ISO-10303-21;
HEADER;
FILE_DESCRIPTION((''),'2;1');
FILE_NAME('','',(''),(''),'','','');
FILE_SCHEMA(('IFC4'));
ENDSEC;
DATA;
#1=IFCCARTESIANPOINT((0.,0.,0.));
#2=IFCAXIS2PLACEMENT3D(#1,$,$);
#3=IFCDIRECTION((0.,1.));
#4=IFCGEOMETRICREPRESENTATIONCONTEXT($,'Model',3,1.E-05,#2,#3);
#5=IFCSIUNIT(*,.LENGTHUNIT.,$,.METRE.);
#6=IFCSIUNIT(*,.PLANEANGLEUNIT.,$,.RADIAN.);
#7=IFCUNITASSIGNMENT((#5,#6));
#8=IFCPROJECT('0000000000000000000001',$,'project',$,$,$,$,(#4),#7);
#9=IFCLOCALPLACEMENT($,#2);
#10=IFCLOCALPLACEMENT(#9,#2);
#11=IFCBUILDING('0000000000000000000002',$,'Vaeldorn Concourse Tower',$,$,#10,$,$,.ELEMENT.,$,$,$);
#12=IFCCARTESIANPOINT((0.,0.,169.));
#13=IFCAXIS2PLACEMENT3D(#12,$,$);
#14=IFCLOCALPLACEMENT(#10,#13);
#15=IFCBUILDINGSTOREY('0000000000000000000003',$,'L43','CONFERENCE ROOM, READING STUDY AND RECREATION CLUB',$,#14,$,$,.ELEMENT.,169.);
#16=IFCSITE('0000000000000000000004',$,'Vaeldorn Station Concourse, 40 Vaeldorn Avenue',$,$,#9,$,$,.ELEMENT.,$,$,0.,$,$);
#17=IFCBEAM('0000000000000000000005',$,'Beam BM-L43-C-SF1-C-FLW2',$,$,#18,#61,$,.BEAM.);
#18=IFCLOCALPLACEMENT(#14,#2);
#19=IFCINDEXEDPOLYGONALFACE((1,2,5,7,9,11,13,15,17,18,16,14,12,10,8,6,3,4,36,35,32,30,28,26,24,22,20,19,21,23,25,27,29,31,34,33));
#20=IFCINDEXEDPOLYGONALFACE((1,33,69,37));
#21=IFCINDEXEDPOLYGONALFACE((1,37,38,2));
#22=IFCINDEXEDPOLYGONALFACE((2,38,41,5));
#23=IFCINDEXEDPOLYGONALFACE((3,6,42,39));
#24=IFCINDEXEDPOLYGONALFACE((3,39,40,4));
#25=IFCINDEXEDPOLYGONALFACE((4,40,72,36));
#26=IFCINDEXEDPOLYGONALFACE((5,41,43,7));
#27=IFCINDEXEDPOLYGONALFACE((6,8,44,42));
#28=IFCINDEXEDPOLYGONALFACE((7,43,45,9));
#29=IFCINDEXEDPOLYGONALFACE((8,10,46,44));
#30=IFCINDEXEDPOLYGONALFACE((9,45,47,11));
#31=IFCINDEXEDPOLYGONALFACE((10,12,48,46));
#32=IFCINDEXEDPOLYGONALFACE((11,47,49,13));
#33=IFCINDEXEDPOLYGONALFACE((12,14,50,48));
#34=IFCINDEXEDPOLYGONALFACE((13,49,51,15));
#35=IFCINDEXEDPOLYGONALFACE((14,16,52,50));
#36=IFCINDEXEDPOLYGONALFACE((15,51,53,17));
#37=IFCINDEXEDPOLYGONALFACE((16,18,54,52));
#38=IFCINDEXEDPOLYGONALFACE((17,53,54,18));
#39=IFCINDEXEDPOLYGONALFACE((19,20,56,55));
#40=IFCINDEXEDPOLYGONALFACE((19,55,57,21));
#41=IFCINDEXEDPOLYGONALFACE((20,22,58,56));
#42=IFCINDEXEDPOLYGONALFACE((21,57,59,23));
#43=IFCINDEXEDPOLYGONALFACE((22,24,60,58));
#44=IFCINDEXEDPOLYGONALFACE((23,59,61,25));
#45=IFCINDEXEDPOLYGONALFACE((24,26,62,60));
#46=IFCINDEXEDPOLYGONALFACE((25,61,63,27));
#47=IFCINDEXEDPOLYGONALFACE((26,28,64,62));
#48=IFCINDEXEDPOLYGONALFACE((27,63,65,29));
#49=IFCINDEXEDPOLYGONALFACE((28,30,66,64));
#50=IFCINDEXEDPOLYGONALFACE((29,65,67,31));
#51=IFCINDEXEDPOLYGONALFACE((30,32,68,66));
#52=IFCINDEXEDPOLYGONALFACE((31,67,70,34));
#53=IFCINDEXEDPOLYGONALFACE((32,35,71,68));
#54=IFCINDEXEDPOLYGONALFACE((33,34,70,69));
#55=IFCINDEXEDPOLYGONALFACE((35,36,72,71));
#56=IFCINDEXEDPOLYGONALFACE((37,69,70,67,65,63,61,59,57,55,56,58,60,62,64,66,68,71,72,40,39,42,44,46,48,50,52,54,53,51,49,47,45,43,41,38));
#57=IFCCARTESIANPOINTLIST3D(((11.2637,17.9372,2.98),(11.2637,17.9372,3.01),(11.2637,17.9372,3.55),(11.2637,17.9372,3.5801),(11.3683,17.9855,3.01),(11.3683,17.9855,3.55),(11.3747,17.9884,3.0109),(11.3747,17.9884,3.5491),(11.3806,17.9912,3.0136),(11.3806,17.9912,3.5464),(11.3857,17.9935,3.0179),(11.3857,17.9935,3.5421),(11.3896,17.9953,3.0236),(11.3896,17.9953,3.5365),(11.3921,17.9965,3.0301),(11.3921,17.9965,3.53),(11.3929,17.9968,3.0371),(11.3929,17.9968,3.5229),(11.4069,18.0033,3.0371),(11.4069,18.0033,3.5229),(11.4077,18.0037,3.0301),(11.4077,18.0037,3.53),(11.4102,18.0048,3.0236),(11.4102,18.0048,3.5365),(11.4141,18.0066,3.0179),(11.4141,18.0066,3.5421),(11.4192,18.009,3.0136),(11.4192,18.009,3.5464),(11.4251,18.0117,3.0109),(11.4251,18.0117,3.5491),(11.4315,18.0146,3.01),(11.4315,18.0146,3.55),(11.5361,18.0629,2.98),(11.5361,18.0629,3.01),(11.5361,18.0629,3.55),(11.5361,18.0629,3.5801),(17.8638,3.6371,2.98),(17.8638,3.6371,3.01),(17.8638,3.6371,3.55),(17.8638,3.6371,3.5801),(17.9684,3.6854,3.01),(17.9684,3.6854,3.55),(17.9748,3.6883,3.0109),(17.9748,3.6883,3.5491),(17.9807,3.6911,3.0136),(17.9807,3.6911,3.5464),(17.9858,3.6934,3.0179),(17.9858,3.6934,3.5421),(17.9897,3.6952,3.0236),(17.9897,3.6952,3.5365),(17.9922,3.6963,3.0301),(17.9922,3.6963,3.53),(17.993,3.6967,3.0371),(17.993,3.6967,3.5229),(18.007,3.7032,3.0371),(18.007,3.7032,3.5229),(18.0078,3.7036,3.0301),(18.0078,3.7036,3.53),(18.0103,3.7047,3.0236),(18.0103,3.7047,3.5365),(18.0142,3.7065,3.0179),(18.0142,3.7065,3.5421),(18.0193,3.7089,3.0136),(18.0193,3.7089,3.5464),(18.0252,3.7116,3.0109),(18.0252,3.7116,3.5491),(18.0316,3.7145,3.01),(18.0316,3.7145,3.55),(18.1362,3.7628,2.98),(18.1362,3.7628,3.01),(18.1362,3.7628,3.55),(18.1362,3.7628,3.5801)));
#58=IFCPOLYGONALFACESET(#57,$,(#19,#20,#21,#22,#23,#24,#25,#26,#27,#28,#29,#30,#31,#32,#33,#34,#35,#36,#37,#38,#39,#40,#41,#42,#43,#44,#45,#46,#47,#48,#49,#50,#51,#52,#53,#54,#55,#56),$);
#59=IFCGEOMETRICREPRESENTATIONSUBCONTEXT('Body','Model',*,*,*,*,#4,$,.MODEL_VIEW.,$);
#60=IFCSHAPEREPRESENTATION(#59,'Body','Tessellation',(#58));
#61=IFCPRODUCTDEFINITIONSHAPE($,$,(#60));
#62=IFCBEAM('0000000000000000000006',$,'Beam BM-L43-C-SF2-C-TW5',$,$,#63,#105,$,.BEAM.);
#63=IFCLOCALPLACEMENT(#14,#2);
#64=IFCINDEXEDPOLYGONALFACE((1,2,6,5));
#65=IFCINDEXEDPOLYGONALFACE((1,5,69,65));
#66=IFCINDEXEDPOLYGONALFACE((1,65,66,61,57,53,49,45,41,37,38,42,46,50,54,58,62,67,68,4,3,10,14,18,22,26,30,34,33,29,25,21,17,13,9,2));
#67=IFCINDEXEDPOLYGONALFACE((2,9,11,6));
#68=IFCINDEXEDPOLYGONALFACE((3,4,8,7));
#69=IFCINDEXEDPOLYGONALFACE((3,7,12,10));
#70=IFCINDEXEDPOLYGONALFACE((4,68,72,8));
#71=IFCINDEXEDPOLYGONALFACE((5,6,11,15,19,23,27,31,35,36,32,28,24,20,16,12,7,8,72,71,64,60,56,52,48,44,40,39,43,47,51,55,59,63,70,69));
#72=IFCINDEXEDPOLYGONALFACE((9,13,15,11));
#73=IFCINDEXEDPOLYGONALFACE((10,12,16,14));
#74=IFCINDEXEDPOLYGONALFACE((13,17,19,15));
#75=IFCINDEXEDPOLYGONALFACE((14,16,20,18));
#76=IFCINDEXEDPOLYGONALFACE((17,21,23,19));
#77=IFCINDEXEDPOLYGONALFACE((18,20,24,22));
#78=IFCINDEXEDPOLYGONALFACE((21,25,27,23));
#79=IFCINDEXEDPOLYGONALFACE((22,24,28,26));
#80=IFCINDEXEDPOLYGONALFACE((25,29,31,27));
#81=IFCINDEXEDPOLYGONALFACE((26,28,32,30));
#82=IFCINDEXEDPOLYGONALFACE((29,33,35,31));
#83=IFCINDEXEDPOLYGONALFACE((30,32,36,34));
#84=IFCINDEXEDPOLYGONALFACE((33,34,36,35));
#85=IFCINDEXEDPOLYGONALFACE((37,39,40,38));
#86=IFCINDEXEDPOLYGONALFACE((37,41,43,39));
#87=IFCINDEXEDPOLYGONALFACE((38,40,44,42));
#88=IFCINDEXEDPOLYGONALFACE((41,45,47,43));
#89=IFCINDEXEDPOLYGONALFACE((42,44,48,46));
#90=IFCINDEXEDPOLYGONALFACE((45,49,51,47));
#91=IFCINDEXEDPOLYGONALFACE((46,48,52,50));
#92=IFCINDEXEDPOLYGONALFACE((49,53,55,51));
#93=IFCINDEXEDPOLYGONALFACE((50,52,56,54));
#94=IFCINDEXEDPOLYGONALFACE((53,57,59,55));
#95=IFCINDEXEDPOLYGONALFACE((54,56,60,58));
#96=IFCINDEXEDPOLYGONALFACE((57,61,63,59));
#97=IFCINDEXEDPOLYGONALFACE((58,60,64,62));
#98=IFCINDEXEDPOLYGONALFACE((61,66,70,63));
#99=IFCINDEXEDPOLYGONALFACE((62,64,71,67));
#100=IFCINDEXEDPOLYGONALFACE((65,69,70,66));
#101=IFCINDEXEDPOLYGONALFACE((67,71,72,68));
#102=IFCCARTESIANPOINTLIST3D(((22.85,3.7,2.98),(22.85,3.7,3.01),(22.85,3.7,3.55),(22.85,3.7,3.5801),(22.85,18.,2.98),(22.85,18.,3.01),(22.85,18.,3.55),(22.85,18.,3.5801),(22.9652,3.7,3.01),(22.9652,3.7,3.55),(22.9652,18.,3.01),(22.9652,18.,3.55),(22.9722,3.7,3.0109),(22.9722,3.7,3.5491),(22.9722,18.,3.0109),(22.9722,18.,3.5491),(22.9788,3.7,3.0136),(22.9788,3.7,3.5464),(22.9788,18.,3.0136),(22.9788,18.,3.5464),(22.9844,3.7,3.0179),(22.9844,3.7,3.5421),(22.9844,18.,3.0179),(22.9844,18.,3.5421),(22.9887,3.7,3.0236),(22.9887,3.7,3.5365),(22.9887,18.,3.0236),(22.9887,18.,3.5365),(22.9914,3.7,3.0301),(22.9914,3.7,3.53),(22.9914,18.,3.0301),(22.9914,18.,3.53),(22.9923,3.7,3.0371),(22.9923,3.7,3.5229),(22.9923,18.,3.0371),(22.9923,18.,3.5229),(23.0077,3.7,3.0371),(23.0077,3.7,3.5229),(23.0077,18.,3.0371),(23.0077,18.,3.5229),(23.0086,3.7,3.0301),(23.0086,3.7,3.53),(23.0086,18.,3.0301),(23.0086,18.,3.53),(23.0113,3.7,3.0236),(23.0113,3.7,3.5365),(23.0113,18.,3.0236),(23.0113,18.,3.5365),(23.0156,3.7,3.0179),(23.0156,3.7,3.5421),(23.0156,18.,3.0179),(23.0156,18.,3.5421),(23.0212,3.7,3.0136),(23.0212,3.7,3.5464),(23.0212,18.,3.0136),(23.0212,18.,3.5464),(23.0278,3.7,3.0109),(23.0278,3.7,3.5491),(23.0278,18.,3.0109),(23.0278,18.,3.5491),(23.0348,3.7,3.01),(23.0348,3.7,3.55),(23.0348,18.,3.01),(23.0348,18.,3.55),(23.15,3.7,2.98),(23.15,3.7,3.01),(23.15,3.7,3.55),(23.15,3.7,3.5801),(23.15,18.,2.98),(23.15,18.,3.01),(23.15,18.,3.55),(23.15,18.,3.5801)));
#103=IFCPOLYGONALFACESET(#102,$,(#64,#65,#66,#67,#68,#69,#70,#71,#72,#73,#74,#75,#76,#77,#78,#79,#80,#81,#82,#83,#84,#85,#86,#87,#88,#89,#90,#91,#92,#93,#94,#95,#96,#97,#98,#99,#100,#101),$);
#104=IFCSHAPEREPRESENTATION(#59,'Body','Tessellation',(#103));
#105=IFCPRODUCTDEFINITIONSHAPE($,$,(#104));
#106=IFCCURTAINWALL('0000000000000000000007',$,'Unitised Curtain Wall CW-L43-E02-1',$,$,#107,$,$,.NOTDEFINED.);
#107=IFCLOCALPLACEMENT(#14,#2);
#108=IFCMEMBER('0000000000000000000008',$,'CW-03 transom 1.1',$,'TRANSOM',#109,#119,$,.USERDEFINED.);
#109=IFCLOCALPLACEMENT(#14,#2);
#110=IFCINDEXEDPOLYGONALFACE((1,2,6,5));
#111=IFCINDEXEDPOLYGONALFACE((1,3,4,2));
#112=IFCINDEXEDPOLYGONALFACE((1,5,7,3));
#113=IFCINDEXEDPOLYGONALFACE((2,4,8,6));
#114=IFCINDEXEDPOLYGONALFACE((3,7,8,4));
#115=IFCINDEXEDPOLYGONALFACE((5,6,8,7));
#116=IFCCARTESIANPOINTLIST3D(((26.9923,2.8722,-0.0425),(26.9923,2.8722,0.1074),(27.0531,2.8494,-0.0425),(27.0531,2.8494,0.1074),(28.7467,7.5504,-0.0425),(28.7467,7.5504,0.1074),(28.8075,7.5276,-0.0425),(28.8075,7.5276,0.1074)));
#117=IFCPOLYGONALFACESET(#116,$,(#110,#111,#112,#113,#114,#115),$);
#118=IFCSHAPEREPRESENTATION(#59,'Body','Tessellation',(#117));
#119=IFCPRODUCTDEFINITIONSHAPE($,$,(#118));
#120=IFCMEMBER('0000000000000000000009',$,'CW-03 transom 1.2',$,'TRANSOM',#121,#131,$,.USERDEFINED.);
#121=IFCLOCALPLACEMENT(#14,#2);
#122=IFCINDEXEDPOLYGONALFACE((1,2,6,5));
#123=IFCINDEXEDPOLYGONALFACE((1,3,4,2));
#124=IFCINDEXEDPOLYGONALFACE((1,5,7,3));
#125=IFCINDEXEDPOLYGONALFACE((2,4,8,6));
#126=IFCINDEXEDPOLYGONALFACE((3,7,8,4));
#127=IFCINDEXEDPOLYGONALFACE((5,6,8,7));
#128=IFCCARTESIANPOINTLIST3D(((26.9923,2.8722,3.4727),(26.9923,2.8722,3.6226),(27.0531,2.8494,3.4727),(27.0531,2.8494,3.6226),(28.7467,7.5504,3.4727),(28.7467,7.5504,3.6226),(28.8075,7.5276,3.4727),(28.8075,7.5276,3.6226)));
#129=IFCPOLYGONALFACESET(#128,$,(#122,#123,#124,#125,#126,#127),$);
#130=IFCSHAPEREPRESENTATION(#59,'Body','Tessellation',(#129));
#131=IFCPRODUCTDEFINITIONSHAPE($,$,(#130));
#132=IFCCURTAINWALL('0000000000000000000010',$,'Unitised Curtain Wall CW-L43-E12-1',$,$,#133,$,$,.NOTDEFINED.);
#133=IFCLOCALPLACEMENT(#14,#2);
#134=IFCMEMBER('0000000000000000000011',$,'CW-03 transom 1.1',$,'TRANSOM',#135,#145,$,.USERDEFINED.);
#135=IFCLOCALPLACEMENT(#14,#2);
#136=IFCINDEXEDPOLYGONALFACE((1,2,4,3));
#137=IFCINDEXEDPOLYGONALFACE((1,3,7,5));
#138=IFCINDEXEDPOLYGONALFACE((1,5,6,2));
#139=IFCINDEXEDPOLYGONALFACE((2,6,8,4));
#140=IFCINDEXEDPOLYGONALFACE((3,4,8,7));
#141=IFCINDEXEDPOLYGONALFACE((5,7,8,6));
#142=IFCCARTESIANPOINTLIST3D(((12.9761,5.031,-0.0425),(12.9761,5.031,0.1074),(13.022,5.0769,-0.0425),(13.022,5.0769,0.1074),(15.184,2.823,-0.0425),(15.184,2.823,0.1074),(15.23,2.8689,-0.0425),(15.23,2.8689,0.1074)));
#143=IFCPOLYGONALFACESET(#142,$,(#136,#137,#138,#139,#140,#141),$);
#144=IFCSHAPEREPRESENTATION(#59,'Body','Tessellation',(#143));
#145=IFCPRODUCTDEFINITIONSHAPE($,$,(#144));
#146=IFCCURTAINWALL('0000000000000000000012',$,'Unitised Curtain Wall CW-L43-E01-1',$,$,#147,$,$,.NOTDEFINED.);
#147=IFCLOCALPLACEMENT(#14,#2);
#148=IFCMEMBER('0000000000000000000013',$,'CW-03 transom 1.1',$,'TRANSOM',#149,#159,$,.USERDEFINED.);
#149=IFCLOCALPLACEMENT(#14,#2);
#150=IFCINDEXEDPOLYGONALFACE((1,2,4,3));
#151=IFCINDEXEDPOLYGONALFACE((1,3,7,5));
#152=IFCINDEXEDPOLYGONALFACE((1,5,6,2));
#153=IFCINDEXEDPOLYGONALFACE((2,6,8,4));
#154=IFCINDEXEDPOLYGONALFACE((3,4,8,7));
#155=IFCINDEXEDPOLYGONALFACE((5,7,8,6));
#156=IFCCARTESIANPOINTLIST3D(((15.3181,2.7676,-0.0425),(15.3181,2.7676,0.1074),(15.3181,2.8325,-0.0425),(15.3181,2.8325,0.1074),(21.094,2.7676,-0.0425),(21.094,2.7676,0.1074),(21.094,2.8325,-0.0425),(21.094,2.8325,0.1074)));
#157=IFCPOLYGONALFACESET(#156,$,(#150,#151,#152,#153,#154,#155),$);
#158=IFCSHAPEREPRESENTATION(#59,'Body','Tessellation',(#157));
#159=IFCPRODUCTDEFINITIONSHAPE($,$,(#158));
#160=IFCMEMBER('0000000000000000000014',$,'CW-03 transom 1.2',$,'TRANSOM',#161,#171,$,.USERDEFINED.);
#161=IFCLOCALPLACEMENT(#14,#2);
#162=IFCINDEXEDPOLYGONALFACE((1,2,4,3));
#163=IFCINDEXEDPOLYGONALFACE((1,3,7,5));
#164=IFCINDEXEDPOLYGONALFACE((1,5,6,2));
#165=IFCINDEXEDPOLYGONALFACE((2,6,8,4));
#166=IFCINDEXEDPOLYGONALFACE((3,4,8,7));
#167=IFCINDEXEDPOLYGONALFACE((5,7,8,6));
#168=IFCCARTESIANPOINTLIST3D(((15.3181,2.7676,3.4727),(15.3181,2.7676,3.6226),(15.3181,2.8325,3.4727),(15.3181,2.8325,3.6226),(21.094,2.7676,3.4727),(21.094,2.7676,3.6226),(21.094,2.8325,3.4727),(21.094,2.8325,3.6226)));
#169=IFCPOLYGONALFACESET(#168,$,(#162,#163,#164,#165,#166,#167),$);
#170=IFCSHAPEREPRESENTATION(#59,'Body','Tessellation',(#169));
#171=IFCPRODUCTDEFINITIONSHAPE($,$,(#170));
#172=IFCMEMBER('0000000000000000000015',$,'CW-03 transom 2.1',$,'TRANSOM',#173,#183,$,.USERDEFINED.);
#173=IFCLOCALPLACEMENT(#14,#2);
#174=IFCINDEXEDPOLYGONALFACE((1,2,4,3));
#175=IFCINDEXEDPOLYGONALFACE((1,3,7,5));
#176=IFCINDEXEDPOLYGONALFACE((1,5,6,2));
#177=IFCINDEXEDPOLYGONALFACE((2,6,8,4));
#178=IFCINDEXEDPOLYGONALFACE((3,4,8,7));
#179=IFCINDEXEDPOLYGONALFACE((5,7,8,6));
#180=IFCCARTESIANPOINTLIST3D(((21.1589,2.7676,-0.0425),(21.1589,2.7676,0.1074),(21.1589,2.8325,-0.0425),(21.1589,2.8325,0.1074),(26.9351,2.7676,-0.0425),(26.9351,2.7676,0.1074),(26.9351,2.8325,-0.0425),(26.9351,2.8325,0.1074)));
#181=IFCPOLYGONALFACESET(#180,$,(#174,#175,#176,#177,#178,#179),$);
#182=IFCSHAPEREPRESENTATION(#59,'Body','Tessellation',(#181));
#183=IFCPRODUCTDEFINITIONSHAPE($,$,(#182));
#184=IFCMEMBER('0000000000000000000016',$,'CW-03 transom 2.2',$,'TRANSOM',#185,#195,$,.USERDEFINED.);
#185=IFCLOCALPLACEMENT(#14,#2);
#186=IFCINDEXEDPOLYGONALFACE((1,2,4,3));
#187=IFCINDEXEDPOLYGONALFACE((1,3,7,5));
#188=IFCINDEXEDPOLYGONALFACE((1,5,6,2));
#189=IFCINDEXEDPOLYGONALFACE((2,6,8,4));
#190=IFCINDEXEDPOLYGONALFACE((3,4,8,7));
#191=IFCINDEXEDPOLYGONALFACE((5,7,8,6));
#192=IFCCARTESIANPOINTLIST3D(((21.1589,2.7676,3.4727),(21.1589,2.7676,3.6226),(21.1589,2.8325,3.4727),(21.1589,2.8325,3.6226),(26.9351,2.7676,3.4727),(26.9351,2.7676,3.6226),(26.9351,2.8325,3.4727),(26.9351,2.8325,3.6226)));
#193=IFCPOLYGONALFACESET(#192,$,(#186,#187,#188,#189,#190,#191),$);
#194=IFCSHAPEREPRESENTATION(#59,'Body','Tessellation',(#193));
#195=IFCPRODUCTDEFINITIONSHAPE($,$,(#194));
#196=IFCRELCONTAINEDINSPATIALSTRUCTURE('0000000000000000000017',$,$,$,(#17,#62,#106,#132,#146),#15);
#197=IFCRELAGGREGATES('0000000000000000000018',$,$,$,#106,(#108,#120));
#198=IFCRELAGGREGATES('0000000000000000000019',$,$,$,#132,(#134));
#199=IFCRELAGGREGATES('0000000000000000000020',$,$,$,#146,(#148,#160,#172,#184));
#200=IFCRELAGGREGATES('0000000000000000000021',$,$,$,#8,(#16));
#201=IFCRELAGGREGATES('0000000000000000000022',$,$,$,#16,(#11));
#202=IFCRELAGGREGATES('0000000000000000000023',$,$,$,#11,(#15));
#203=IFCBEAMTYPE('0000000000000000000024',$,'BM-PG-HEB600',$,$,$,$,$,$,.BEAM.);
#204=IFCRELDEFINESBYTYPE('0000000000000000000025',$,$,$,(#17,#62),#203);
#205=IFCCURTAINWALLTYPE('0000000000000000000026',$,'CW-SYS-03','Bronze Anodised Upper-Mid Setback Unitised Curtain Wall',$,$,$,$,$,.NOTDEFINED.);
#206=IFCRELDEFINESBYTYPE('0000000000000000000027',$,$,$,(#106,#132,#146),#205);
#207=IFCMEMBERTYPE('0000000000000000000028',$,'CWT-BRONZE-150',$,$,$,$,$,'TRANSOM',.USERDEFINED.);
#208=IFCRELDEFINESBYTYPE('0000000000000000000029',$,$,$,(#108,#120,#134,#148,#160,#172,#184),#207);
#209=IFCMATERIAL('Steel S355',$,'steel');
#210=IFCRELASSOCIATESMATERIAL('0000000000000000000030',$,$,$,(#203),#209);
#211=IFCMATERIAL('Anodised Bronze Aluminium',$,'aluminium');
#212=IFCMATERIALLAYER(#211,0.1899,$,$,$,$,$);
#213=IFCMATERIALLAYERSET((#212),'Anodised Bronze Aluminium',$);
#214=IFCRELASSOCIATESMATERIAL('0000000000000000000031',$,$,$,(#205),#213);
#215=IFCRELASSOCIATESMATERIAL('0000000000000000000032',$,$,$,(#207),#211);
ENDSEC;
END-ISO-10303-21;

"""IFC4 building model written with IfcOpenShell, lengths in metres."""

from ifc_helpers import new_model, si_unit, direction, frame, origin, origin_2d, place, context, subcontext, project, spatial, rectangle, i_section, extrude, source, transform, mapped, material, layer, layer_set, material_profile, profile_set, type_object, element, aggregate, save


model = new_model("IFC4")

# Units and contexts
model_context = context("Model", 3, precision=1e-05, world=origin(), true_north=direction((0.0, 1.0)))
body_context = subcontext(model_context, "Body", "Model", "MODEL_VIEW")
ifc_project = project(units=[si_unit("LENGTHUNIT", "METRE"), si_unit("PLANEANGLEUNIT", "RADIAN")], contexts=[model_context])

# Site, building, storey
site_placement = place(None, origin())
site = spatial("IfcSite", under=ifc_project, at=site_placement, Name="Vaeldorn Station Concourse, 40 Vaeldorn Avenue", CompositionType="ELEMENT", RefElevation=0.0)
building_placement = place(site_placement, origin())
building = spatial("IfcBuilding", under=site, at=building_placement, Name="Vaeldorn Concourse Tower", CompositionType="ELEMENT")
storey_placement = place(building_placement, frame((0.0, 0.0, 169.0)))
storey = spatial("IfcBuildingStorey", under=building, at=storey_placement, Name="L43", Description="CONFERENCE ROOM, READING STUDY AND RECREATION CLUB", CompositionType="ELEMENT", Elevation=169.0)

# Beams
ifc_material_1 = material(Name="Steel S355", Category="steel")
ifc_material_profile_1 = material_profile(ifc_material_1, i_section(OverallWidth=0.3, OverallDepth=0.6001, WebThickness=0.0154, FlangeThickness=0.03, FilletRadius=0.0271, at=origin_2d()), Name="HEB 600")
ifc_profile_set_1 = profile_set([ifc_material_profile_1], Name="Steel S355")
beam_type_1 = type_object("IfcBeamType", Name="BM-PG-HEB600", PredefinedType="BEAM", material=ifc_profile_set_1)
shared_shape_1 = source(origin(), body_context, "Body", "SweptSolid", [
    extrude(i_section(OverallWidth=0.3, OverallDepth=0.6001, WebThickness=0.0154, FlangeThickness=0.03, FilletRadius=0.0271, at=origin_2d()), origin(), (0.0, 0.0, 1.0), 15.7498),
])
beam_1_placement = place(storey_placement, frame((18.0, 3.7, 3.28), z_axis=(-0.419062, 0.907958, 0.0), x_axis=(-0.907958, -0.419062, 0.0)))
element("IfcBeam", 1, at=beam_1_placement, inside=storey, type_object=beam_type_1, Name="Beam BM-L43-C-SF1-C-FLW2", PredefinedType="BEAM", context=body_context, shape_type="MappedRepresentation", body=[
    mapped(shared_shape_1, transform((0.0, 0.0, 0.0), scale=1.0)),
])
shared_shape_2 = source(origin(), body_context, "Body", "SweptSolid", [
    extrude(i_section(OverallWidth=0.3, OverallDepth=0.6001, WebThickness=0.0154, FlangeThickness=0.03, FilletRadius=0.0271, at=origin_2d()), origin(), (0.0, 0.0, 1.0), 14.3),
])
beam_2_placement = place(storey_placement, frame((23.0, 3.7, 3.28), z_axis=(0.0, 1.0, 0.0), x_axis=(-1.0, 0.0, 0.0)))
element("IfcBeam", 2, at=beam_2_placement, inside=storey, type_object=beam_type_1, Name="Beam BM-L43-C-SF2-C-TW5", PredefinedType="BEAM", context=body_context, shape_type="MappedRepresentation", body=[
    mapped(shared_shape_2, transform((0.0, 0.0, 0.0), scale=1.0)),
])

# Curtain wall, members
ifc_material_2 = material(Name="Anodised Bronze Aluminium", Category="aluminium")
ifc_layer_1 = layer(ifc_material_2, 0.1899)
ifc_layer_set_1 = layer_set([ifc_layer_1], Name="Anodised Bronze Aluminium")
curtain_wall_type = type_object("IfcCurtainWallType", Name="CW-SYS-03", Description="Bronze Anodised Upper-Mid Setback Unitised Curtain Wall", PredefinedType="NOTDEFINED", material=ifc_layer_set_1)
curtain_wall_1_placement = place(storey_placement, origin())
curtain_wall_1 = element("IfcCurtainWall", 3, at=curtain_wall_1_placement, inside=storey, type_object=curtain_wall_type, Name="Unitised Curtain Wall CW-L43-E02-1", PredefinedType="NOTDEFINED")
ifc_material_profile_2 = material_profile(ifc_material_2, rectangle(XDim=0.0649, YDim=0.1499, at=origin_2d()), Name="CWT 65x150")
ifc_profile_set_2 = profile_set([ifc_material_profile_2], Name="Anodised Bronze Aluminium")
member_type_1 = type_object("IfcMemberType", Name="CWT-BRONZE-150", ElementType="TRANSOM", PredefinedType="USERDEFINED", material=ifc_profile_set_2)
shared_shape_3 = source(origin(), body_context, "Body", "SweptSolid", [
    extrude(rectangle(XDim=0.0649, YDim=0.1499, at=origin_2d()), origin(), (0.0, 0.0, 1.0), 4.9963),
])
member_1_placement = place(storey_placement, frame((27.0227, 2.8608, 0.0325), z_axis=(0.351134, 0.936325, 0.0), x_axis=(-0.936325, 0.351134, 0.0)))
member_1 = element("IfcMember", 4, at=member_1_placement, type_object=member_type_1, Name="CW-03 transom 1.1", ObjectType="TRANSOM", PredefinedType="USERDEFINED", context=body_context, shape_type="MappedRepresentation", body=[
    mapped(shared_shape_3, transform((0.0, 0.0, 0.0), scale=1.0)),
])
member_2_placement = place(storey_placement, frame((27.0227, 2.8608, 3.5476), z_axis=(0.351134, 0.936325, 0.0), x_axis=(-0.936325, 0.351134, 0.0)))
member_2 = element("IfcMember", 5, at=member_2_placement, type_object=member_type_1, Name="CW-03 transom 1.2", ObjectType="TRANSOM", PredefinedType="USERDEFINED", context=body_context, shape_type="MappedRepresentation", body=[
    mapped(shared_shape_3, transform((0.0, 0.0, 0.0), scale=1.0)),
])

# Curtain wall, member
curtain_wall_2_placement = place(storey_placement, origin())
curtain_wall_2 = element("IfcCurtainWall", 6, at=curtain_wall_2_placement, inside=storey, type_object=curtain_wall_type, Name="Unitised Curtain Wall CW-L43-E12-1", PredefinedType="NOTDEFINED")
shared_shape_4 = source(origin(), body_context, "Body", "SweptSolid", [
    extrude(rectangle(XDim=0.0649, YDim=0.1499, at=origin_2d()), origin(), (0.0, 0.0, 1.0), 3.1226),
])
member_3_placement = place(storey_placement, frame((12.999, 5.054, 0.0325), z_axis=(0.707107, -0.707107, 0.0), x_axis=(0.707107, 0.707107, 0.0)))
member_3 = element("IfcMember", 7, at=member_3_placement, type_object=member_type_1, Name="CW-03 transom 1.1", ObjectType="TRANSOM", PredefinedType="USERDEFINED", context=body_context, shape_type="MappedRepresentation", body=[
    mapped(shared_shape_4, transform((0.0, 0.0, 0.0), scale=1.0)),
])

# Curtain wall, members
curtain_wall_3_placement = place(storey_placement, origin())
curtain_wall_3 = element("IfcCurtainWall", 8, at=curtain_wall_3_placement, inside=storey, type_object=curtain_wall_type, Name="Unitised Curtain Wall CW-L43-E01-1", PredefinedType="NOTDEFINED")
shared_shape_5 = source(origin(), body_context, "Body", "SweptSolid", [
    extrude(rectangle(XDim=0.0649, YDim=0.1499, at=origin_2d()), origin(), (0.0, 0.0, 1.0), 5.7759),
])
member_4_placement = place(storey_placement, frame((15.3181, 2.8, 0.0325), z_axis=(1.0, 0.0, 0.0), x_axis=(0.0, 1.0, 0.0)))
member_4 = element("IfcMember", 9, at=member_4_placement, type_object=member_type_1, Name="CW-03 transom 1.1", ObjectType="TRANSOM", PredefinedType="USERDEFINED", context=body_context, shape_type="MappedRepresentation", body=[
    mapped(shared_shape_5, transform((0.0, 0.0, 0.0), scale=1.0)),
])
member_5_placement = place(storey_placement, frame((15.3181, 2.8, 3.5476), z_axis=(1.0, 0.0, 0.0), x_axis=(0.0, 1.0, 0.0)))
member_5 = element("IfcMember", 10, at=member_5_placement, type_object=member_type_1, Name="CW-03 transom 1.2", ObjectType="TRANSOM", PredefinedType="USERDEFINED", context=body_context, shape_type="MappedRepresentation", body=[
    mapped(shared_shape_5, transform((0.0, 0.0, 0.0), scale=1.0)),
])
shared_shape_6 = source(origin(), body_context, "Body", "SweptSolid", [
    extrude(rectangle(XDim=0.0649, YDim=0.1499, at=origin_2d()), origin(), (0.0, 0.0, 1.0), 5.7761),
])
member_6_placement = place(storey_placement, frame((21.1589, 2.8, 0.0325), z_axis=(1.0, 0.0, 0.0), x_axis=(0.0, 1.0, 0.0)))
member_6 = element("IfcMember", 11, at=member_6_placement, type_object=member_type_1, Name="CW-03 transom 2.1", ObjectType="TRANSOM", PredefinedType="USERDEFINED", context=body_context, shape_type="MappedRepresentation", body=[
    mapped(shared_shape_6, transform((0.0, 0.0, 0.0), scale=1.0)),
])
member_7_placement = place(storey_placement, frame((21.1589, 2.8, 3.5476), z_axis=(1.0, 0.0, 0.0), x_axis=(0.0, 1.0, 0.0)))
member_7 = element("IfcMember", 12, at=member_7_placement, type_object=member_type_1, Name="CW-03 transom 2.2", ObjectType="TRANSOM", PredefinedType="USERDEFINED", context=body_context, shape_type="MappedRepresentation", body=[
    mapped(shared_shape_6, transform((0.0, 0.0, 0.0), scale=1.0)),
])

aggregate(curtain_wall_1, [member_1, member_2])

aggregate(curtain_wall_2, [member_3])
aggregate(curtain_wall_3, [member_4, member_5, member_6, member_7])

save(model, "model.ifc")
